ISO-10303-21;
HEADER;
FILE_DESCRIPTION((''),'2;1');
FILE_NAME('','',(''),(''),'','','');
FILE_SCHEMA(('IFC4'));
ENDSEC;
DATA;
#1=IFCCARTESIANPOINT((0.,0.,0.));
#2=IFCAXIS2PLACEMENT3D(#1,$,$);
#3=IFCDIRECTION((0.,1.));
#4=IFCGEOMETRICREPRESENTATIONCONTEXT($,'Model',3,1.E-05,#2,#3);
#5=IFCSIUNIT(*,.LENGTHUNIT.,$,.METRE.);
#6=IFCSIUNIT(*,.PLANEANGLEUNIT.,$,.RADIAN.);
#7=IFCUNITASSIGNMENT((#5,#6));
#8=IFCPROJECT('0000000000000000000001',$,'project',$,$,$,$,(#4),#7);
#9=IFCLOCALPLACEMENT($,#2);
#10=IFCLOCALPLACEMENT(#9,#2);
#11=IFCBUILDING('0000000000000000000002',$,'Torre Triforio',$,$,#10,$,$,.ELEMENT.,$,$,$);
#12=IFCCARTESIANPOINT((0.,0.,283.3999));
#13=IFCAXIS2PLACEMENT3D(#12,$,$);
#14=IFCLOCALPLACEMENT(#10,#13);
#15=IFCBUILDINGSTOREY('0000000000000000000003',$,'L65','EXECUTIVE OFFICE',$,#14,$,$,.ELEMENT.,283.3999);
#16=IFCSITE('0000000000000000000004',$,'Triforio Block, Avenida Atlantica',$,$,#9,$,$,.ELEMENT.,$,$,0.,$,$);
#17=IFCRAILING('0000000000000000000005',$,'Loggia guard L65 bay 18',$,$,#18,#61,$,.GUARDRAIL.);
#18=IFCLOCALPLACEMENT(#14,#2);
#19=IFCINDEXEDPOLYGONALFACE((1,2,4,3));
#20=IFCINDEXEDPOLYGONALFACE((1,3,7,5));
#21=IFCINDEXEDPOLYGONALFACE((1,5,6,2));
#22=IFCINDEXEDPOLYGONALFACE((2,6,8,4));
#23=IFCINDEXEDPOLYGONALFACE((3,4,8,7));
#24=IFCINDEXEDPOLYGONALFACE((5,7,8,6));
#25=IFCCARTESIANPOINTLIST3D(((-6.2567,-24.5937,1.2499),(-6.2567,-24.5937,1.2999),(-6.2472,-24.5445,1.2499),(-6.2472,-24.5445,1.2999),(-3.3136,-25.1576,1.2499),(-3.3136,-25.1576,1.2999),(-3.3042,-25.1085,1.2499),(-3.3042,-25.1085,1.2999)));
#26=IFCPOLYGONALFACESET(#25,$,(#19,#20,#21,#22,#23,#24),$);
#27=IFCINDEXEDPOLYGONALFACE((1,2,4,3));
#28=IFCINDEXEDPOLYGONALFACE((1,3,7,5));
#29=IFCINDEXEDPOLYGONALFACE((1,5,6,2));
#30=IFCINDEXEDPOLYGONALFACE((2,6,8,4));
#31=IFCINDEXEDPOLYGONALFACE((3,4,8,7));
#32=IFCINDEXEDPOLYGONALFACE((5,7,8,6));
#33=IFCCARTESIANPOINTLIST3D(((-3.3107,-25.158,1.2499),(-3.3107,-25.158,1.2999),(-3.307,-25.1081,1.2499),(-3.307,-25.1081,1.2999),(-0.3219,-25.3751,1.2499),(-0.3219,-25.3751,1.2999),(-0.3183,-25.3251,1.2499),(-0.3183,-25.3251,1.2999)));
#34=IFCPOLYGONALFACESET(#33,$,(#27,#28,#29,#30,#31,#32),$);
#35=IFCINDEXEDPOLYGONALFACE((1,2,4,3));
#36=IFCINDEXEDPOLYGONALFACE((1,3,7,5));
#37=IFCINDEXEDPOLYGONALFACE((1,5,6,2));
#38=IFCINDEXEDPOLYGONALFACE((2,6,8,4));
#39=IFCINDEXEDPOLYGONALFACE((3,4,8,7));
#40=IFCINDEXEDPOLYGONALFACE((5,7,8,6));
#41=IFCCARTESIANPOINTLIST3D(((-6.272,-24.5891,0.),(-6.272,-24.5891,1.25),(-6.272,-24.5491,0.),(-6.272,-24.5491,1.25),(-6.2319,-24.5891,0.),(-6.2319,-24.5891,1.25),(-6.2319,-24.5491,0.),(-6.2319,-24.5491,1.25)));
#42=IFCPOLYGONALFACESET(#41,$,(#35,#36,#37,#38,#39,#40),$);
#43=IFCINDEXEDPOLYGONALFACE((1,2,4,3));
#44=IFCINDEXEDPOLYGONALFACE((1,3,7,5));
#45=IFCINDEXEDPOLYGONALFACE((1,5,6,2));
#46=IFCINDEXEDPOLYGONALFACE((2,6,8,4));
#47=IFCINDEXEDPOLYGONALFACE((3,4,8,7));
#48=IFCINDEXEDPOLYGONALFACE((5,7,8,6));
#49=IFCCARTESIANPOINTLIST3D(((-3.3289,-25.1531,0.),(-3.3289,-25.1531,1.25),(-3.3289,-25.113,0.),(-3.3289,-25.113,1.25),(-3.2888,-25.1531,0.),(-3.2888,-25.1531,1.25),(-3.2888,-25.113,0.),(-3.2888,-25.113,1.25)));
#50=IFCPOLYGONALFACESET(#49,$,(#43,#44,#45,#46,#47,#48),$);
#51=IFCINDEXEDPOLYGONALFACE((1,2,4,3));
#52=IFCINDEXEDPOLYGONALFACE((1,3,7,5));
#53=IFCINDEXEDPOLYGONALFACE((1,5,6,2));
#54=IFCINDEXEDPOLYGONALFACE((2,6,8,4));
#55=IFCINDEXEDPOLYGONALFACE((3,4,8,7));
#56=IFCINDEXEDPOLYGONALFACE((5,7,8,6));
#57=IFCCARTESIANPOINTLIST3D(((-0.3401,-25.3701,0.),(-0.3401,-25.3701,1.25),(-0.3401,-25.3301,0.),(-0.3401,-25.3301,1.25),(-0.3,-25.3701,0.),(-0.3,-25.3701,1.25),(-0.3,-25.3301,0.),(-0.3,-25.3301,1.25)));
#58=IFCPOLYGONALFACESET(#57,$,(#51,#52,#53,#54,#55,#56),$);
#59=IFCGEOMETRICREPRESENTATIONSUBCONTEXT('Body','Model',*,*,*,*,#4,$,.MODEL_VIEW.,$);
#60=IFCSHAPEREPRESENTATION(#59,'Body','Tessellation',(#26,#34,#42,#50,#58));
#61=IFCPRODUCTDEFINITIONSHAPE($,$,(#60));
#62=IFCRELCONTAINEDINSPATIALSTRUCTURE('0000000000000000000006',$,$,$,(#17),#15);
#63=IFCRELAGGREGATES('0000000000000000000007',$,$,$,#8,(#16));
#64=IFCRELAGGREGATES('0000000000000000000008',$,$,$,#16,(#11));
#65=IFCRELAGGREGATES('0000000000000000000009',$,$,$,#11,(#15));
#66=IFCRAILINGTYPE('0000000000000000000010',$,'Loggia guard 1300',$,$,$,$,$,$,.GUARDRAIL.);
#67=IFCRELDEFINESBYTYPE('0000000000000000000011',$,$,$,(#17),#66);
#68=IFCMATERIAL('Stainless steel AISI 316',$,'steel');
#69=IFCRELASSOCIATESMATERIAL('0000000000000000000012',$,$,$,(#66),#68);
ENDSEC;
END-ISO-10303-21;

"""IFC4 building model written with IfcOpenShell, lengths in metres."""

from ifc_helpers import new_model, si_unit, direction, frame, origin, origin_2d, place, context, subcontext, project, spatial, rectangle, extrude, material, type_object, element, save


model = new_model("IFC4")

# Units and contexts
model_context = context("Model", 3, precision=1e-05, world=origin(), true_north=direction((0.0, 1.0)))
body_context = subcontext(model_context, "Body", "Model", "MODEL_VIEW")
ifc_project = project(units=[si_unit("LENGTHUNIT", "METRE"), si_unit("PLANEANGLEUNIT", "RADIAN")], contexts=[model_context])

# Site, building, storey
site_placement = place(None, origin())
site = spatial("IfcSite", under=ifc_project, at=site_placement, Name="Triforio Block, Avenida Atlantica", CompositionType="ELEMENT", RefElevation=0.0)
building_placement = place(site_placement, origin())
building = spatial("IfcBuilding", under=site, at=building_placement, Name="Torre Triforio", CompositionType="ELEMENT")
storey_placement = place(building_placement, frame((0.0, 0.0, 283.3999)))
storey = spatial("IfcBuildingStorey", under=building, at=storey_placement, Name="L65", Description="EXECUTIVE OFFICE", CompositionType="ELEMENT", Elevation=283.3999)

# Railing
ifc_material_1 = material(Name="Stainless steel AISI 316", Category="steel")
railing_type = type_object("IfcRailingType", Name="Loggia guard 1300", PredefinedType="GUARDRAIL", material=ifc_material_1)
railing_placement = place(storey_placement, frame((-6.252, -24.5691, 0.0)))
element("IfcRailing", 1, at=railing_placement, inside=storey, type_object=railing_type, Name="Loggia guard L65 bay 18", PredefinedType="GUARDRAIL", context=body_context, shape_type="SweptSolid", body=[
    extrude(rectangle(XDim=0.05, YDim=0.05, at=origin_2d()), frame((0.0, 0.0, 1.2749), z_axis=(0.982131, -0.188198, 0.0), x_axis=(0.188198, 0.982131, 0.0)), (0.0, 0.0, 1.0), 2.9966),
    extrude(rectangle(XDim=0.05, YDim=0.05, at=origin_2d()), frame((2.9431, -0.564, 1.2749), z_axis=(0.997374, -0.072428, 0.0), x_axis=(0.072428, 0.997374, 0.0)), (0.0, 0.0, 1.0), 2.9966),
    extrude(rectangle(XDim=0.04, YDim=0.04, at=origin_2d()), origin(), (0.0, 0.0, 1.0), 1.25),
    extrude(rectangle(XDim=0.04, YDim=0.04, at=origin_2d()), frame((2.9431, -0.564, 0.0)), (0.0, 0.0, 1.0), 1.25),
    extrude(rectangle(XDim=0.04, YDim=0.04, at=origin_2d()), frame((5.9319, -0.781, 0.0)), (0.0, 0.0, 1.0), 1.25),
])

save(model, "model.ifc")
